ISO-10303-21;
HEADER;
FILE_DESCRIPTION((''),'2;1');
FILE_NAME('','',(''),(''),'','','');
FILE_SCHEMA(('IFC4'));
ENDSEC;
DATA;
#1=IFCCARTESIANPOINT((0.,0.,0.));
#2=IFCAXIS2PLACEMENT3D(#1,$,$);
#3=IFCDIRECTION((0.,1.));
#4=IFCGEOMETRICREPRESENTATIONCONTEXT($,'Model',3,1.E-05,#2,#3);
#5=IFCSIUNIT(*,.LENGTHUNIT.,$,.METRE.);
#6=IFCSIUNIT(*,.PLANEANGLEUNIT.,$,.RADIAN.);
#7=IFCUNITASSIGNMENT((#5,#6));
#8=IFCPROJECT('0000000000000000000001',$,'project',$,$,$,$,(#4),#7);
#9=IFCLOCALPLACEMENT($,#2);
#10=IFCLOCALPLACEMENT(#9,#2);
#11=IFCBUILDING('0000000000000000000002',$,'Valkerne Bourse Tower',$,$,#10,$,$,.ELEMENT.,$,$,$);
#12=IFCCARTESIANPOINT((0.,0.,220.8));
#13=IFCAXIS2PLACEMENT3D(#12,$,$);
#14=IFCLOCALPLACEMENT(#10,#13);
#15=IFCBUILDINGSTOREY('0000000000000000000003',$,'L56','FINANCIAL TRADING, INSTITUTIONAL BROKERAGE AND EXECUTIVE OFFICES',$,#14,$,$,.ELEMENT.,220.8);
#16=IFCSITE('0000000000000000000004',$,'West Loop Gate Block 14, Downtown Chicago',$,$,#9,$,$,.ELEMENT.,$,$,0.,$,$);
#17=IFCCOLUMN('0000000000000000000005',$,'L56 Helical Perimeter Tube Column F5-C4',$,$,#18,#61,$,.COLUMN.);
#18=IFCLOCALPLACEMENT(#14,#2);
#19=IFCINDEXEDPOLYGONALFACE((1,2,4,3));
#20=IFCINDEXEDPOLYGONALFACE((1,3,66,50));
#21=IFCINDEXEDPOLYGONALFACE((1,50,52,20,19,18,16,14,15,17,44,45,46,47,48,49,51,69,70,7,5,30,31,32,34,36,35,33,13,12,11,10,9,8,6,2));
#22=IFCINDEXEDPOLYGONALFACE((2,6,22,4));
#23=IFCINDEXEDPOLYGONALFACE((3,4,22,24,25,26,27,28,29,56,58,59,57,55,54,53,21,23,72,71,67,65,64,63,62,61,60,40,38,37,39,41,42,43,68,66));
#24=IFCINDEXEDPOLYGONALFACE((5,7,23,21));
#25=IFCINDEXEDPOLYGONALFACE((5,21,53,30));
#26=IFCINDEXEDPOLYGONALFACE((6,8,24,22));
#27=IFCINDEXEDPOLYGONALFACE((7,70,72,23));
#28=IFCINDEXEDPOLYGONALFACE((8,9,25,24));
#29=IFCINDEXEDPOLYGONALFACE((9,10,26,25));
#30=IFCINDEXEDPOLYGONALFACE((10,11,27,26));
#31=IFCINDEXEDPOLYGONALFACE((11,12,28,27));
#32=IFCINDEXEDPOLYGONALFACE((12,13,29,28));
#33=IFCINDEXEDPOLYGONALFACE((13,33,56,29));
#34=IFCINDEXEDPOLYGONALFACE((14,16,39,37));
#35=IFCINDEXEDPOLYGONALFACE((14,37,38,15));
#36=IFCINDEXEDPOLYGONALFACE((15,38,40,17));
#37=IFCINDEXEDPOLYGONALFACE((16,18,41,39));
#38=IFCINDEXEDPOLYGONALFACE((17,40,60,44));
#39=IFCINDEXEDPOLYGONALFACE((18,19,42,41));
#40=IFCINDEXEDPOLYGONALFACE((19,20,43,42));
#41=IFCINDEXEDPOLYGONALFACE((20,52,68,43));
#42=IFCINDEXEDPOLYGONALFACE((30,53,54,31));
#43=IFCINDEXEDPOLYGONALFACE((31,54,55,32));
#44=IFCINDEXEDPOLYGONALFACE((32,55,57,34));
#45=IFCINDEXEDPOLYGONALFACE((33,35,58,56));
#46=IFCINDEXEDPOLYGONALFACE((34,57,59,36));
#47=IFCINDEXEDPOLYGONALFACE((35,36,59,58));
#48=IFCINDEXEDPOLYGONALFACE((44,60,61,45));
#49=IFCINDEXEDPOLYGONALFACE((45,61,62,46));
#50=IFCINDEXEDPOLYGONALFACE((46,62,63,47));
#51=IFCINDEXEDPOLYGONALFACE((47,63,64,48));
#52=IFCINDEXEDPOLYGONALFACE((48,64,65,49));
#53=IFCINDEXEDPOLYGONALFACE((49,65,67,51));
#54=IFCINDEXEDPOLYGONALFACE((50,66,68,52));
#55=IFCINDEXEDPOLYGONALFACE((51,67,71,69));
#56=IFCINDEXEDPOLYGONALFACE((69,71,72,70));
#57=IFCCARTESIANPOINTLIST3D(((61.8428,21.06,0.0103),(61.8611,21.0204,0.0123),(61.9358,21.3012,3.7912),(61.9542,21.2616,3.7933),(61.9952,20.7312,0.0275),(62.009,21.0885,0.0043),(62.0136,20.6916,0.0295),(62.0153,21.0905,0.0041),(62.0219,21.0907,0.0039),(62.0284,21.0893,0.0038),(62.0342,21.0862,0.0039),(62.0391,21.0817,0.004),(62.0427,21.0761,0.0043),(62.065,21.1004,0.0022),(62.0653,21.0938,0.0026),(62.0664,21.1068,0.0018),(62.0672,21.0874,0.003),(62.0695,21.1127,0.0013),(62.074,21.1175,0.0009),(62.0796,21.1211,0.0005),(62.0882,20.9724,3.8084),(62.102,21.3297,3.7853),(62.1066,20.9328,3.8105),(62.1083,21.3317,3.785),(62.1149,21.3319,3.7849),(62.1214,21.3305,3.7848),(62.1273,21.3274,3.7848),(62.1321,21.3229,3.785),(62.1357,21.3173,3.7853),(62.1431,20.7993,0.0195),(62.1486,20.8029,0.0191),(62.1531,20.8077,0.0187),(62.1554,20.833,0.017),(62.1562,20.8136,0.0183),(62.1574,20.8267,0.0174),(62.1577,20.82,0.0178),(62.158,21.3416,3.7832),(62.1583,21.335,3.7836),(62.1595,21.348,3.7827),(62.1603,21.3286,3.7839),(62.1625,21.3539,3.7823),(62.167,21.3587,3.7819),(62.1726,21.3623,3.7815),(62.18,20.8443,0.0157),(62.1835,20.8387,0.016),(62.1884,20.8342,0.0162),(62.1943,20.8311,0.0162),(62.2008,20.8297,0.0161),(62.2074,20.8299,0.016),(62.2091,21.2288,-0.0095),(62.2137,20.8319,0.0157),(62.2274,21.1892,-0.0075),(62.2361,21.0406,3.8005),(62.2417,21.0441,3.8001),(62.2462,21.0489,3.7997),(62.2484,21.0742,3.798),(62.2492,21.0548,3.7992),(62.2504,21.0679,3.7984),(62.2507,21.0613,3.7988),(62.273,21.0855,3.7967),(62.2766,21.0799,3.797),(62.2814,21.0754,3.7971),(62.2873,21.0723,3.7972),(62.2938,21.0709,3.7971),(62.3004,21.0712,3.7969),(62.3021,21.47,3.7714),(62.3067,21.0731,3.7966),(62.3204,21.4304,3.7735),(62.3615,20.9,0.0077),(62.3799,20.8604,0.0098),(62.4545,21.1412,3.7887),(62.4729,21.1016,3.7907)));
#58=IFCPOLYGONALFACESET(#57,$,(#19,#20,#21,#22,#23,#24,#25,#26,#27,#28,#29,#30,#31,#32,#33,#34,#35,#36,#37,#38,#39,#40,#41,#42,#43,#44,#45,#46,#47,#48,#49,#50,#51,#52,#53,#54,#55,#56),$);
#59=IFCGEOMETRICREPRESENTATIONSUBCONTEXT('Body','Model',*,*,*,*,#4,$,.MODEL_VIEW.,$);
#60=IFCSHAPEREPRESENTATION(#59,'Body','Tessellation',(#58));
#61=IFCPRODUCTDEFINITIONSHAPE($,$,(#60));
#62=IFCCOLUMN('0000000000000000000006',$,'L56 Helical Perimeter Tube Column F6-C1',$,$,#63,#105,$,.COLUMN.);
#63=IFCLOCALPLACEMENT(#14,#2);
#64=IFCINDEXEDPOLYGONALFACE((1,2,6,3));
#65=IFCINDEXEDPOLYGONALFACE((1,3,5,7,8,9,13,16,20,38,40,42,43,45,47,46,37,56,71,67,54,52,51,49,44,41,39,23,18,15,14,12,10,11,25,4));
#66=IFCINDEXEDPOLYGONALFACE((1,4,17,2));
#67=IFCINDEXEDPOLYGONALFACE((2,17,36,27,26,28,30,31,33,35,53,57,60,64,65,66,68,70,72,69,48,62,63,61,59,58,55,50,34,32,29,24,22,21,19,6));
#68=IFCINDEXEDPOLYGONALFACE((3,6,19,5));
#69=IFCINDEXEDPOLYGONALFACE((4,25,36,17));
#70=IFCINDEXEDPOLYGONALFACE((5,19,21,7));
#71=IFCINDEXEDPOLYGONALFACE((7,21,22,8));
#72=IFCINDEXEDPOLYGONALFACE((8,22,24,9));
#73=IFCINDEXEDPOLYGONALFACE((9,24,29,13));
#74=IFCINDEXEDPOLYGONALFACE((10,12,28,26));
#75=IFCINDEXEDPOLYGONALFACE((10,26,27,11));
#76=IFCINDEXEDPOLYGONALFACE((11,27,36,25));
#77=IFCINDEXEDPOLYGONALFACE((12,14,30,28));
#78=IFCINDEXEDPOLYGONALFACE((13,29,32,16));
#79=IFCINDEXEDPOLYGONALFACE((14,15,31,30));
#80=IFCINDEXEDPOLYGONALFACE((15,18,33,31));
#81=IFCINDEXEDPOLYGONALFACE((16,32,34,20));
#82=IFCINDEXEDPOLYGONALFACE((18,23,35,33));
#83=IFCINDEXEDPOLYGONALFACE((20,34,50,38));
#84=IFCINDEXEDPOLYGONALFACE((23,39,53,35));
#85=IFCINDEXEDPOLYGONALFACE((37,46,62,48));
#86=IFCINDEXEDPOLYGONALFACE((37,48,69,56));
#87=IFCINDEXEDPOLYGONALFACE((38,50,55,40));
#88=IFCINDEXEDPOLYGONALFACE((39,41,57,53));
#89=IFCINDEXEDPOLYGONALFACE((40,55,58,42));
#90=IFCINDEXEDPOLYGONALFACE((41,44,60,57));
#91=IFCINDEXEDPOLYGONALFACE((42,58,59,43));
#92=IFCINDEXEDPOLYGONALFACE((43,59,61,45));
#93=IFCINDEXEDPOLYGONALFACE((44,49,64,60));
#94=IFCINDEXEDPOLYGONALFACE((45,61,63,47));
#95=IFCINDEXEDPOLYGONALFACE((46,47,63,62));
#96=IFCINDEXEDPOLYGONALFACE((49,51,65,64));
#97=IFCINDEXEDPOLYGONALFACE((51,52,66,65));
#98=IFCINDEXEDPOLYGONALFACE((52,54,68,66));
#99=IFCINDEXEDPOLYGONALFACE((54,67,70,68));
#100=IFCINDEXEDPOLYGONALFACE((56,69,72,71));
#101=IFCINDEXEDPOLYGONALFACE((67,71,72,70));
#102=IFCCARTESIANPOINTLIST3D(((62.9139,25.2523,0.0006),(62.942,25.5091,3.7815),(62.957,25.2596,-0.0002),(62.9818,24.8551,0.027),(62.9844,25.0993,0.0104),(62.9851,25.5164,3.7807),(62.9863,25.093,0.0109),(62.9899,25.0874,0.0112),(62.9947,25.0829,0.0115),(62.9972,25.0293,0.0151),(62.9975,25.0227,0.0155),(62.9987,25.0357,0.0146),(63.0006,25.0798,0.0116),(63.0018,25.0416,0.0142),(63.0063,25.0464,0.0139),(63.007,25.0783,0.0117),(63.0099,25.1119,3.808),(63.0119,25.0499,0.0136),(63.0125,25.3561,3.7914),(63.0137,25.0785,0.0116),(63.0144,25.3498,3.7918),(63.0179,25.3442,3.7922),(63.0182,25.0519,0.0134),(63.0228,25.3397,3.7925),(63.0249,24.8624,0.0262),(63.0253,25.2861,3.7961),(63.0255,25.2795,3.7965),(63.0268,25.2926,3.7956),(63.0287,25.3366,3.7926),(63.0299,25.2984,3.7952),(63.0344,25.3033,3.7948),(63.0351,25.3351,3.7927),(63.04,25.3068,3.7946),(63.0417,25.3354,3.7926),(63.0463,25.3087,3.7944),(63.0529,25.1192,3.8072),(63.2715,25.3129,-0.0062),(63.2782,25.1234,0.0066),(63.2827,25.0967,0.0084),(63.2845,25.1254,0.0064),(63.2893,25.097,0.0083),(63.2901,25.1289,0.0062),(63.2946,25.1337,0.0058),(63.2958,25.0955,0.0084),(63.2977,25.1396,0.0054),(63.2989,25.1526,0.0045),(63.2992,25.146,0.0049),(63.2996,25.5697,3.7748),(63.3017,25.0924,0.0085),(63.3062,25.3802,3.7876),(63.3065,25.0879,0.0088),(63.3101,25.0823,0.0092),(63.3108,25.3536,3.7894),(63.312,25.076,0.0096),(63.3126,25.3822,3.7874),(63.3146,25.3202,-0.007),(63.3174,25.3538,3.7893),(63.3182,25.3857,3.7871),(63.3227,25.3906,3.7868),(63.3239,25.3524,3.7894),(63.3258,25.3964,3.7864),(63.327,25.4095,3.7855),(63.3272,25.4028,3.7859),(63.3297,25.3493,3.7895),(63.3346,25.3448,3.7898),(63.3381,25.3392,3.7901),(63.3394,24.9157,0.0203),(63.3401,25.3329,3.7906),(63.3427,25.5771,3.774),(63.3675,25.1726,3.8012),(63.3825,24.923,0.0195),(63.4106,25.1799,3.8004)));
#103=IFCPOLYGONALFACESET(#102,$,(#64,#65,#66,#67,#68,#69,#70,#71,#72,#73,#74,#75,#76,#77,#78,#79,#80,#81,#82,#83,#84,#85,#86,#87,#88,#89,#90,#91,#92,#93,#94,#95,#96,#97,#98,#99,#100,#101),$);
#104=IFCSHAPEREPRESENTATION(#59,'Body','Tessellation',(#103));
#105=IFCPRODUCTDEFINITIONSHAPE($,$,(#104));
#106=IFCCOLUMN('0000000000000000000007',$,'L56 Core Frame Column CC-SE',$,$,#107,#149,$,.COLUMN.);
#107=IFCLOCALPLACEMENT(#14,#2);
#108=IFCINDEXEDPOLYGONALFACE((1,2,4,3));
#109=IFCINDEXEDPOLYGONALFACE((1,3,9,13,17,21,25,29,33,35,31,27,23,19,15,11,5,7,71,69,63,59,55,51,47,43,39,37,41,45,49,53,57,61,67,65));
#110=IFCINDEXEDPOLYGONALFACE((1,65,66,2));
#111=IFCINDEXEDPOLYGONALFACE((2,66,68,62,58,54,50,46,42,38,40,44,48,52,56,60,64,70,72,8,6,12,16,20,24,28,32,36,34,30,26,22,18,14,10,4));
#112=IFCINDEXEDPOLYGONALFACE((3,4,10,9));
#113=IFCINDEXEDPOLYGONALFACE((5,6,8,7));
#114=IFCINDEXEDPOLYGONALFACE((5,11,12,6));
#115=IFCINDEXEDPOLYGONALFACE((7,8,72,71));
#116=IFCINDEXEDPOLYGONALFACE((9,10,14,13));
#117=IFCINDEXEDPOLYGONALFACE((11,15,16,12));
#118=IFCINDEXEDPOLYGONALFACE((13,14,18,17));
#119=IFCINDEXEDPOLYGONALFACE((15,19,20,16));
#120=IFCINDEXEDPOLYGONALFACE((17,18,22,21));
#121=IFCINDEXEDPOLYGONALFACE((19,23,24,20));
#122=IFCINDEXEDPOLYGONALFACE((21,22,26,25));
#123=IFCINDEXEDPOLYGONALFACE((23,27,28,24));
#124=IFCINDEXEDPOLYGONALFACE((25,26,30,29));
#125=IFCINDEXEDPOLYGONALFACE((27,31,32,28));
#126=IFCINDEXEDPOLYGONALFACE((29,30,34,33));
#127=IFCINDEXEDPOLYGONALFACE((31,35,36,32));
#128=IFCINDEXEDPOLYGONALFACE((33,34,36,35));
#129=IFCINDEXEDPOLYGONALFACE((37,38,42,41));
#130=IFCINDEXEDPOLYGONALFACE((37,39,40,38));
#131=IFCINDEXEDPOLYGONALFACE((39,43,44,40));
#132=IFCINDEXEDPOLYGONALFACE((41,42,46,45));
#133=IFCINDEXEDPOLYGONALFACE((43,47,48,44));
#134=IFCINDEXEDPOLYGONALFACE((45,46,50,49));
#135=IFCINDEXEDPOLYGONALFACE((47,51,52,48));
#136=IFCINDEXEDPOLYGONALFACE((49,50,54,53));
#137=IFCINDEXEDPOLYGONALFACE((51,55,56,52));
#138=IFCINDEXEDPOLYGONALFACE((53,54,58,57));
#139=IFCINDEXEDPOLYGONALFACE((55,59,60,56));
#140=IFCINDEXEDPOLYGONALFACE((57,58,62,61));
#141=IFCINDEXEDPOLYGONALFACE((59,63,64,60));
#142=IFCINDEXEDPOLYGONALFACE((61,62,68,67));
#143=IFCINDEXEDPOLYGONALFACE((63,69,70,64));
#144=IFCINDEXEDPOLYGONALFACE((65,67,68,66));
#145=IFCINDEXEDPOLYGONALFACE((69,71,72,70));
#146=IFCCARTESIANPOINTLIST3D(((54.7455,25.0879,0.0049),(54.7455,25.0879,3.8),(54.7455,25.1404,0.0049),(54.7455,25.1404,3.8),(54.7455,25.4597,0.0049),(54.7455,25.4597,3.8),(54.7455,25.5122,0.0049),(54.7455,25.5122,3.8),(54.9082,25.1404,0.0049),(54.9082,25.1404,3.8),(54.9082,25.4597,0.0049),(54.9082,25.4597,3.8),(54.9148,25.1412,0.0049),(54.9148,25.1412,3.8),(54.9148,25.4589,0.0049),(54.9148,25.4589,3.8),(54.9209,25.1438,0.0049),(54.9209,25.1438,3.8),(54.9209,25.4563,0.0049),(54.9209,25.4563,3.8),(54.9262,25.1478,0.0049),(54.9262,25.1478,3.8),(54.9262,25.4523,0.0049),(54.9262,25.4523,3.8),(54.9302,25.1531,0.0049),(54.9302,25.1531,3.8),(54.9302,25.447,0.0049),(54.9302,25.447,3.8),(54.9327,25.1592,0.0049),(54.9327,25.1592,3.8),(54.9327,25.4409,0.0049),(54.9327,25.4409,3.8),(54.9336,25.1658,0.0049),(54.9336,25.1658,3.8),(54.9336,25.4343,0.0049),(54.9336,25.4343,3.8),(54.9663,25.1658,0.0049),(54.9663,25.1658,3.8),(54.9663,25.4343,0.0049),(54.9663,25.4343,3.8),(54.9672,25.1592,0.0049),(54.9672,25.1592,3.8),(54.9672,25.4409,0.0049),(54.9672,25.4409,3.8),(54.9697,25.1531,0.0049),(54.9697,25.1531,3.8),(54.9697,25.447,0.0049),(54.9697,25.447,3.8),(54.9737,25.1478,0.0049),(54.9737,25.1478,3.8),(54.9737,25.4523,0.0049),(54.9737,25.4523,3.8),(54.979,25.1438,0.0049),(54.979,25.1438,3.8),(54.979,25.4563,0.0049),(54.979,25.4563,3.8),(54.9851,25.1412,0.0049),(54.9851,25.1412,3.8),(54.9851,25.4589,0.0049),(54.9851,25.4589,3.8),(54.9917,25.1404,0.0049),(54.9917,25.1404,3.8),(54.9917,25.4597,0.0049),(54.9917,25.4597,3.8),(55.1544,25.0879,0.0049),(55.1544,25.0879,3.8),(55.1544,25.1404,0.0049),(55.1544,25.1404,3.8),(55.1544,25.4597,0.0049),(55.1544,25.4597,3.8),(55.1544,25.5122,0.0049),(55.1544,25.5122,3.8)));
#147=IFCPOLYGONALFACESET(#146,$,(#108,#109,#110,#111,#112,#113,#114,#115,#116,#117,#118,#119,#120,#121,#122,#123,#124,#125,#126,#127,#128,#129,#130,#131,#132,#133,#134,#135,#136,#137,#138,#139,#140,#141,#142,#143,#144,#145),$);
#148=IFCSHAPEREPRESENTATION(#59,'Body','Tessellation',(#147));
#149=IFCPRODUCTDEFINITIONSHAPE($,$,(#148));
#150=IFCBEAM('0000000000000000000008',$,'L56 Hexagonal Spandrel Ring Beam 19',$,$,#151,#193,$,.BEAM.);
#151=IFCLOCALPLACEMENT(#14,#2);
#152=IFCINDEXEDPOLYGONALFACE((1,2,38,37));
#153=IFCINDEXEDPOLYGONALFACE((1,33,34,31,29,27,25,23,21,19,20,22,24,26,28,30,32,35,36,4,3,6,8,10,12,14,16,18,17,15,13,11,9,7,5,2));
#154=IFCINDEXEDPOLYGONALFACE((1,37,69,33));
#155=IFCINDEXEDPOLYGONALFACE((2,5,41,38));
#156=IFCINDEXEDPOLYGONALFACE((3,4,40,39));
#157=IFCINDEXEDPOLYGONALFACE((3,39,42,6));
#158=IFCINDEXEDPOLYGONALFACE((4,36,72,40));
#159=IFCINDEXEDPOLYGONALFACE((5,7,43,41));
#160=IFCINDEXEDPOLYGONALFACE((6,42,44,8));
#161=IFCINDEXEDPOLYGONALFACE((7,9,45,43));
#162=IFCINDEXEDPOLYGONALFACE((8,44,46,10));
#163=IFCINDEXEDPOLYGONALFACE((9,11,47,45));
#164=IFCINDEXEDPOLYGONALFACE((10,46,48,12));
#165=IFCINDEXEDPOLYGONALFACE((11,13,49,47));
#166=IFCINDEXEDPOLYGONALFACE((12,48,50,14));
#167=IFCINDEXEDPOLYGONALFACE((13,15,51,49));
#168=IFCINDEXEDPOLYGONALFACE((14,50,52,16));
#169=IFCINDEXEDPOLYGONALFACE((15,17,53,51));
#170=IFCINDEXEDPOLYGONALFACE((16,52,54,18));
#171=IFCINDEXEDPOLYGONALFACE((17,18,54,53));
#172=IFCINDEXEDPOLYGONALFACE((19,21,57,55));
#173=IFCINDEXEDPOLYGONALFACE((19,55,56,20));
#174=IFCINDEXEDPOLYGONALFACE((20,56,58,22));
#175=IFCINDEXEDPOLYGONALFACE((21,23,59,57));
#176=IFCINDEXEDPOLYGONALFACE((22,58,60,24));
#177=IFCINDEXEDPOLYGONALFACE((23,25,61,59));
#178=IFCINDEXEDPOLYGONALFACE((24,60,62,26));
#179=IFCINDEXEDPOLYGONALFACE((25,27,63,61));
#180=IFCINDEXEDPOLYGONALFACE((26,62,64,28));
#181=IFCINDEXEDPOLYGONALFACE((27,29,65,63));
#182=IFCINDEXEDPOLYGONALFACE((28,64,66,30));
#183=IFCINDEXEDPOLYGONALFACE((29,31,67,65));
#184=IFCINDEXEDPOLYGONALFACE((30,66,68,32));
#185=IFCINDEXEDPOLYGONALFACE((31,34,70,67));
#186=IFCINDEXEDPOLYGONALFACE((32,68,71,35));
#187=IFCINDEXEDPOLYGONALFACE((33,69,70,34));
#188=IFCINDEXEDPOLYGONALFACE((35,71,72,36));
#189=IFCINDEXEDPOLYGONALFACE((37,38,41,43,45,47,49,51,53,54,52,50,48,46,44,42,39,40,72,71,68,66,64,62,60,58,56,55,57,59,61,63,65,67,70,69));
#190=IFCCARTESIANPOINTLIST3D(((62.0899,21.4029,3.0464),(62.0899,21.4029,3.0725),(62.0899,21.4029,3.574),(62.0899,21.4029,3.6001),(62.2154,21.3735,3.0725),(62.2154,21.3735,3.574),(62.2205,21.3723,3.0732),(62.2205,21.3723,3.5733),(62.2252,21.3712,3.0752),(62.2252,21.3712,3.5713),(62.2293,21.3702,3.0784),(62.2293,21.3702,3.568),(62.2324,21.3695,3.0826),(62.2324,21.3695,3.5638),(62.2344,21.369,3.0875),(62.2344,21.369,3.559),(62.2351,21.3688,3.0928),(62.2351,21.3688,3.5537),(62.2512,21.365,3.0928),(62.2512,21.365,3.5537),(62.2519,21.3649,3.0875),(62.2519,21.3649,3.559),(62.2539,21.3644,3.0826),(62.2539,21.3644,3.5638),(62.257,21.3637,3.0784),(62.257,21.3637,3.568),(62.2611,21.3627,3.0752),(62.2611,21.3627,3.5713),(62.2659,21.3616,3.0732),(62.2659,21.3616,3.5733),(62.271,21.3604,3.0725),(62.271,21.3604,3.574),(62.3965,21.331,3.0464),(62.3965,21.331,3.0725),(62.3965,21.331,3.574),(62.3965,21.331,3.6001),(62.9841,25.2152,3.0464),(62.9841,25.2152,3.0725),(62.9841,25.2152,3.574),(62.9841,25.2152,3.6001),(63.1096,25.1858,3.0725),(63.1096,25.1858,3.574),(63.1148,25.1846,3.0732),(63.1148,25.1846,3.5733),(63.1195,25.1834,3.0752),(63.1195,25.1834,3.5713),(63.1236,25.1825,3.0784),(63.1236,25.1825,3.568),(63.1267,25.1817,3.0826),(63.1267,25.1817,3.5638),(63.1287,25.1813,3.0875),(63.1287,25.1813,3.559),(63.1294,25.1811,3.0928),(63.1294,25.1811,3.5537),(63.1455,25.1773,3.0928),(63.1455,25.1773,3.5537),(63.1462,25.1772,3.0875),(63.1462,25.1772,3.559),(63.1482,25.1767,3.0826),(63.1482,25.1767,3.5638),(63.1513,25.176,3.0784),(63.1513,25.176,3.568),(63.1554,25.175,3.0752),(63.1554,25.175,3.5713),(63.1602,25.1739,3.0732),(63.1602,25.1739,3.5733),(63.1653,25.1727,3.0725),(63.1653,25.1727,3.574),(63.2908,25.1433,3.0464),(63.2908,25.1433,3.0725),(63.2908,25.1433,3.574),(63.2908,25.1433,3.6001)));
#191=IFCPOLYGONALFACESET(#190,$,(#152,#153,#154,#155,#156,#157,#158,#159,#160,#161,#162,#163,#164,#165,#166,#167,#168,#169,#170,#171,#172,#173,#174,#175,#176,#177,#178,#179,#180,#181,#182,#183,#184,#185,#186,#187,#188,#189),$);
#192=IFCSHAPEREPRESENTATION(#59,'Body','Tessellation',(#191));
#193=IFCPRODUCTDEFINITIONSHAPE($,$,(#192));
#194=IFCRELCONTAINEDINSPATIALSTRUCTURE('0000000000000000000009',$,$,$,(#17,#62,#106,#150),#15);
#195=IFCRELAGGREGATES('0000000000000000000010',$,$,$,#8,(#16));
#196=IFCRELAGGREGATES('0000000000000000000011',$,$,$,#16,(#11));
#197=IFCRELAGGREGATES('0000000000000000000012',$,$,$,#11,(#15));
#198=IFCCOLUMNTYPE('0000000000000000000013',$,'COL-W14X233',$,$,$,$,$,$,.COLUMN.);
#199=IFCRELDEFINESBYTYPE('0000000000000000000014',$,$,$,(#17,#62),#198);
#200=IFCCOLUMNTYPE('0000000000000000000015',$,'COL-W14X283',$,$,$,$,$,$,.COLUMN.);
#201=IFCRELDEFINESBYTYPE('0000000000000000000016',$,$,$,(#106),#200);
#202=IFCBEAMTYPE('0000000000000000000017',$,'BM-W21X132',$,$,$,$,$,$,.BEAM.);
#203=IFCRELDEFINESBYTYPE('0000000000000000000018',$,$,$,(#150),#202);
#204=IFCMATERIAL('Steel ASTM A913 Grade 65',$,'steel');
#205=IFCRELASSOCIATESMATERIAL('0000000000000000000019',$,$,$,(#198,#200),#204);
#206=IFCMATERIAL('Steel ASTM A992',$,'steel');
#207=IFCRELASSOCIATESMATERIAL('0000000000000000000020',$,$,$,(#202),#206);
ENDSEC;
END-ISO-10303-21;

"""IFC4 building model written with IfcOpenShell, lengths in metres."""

from ifc_helpers import new_model, si_unit, direction, frame, origin, origin_2d, place, context, subcontext, project, spatial, i_section, extrude, material, material_profile, profile_set, type_object, element, save


model = new_model("IFC4")

# Units and contexts
model_context = context("Model", 3, precision=1e-05, world=origin(), true_north=direction((0.0, 1.0)))
body_context = subcontext(model_context, "Body", "Model", "MODEL_VIEW")
ifc_project = project(units=[si_unit("LENGTHUNIT", "METRE"), si_unit("PLANEANGLEUNIT", "RADIAN")], contexts=[model_context])

# Site, building, storey
site_placement = place(None, origin())
site = spatial("IfcSite", under=ifc_project, at=site_placement, Name="West Loop Gate Block 14, Downtown Chicago", CompositionType="ELEMENT", RefElevation=0.0)
building_placement = place(site_placement, origin())
building = spatial("IfcBuilding", under=site, at=building_placement, Name="Valkerne Bourse Tower", CompositionType="ELEMENT")
storey_placement = place(building_placement, frame((0.0, 0.0, 220.8)))
storey = spatial("IfcBuildingStorey", under=building, at=storey_placement, Name="L56", Description="FINANCIAL TRADING, INSTITUTIONAL BROKERAGE AND EXECUTIVE OFFICES", CompositionType="ELEMENT", Elevation=220.8)

# Columns
ifc_material_1 = material(Name="Steel ASTM A913 Grade 65", Category="steel")
ifc_material_profile_1 = material_profile(ifc_material_1, i_section(OverallWidth=0.4038, OverallDepth=0.4065, WebThickness=0.0271, FlangeThickness=0.0437, FilletRadius=0.0254, at=origin_2d()), Name="W14X233")
ifc_profile_set_1 = profile_set([ifc_material_profile_1], Name="Steel ASTM A913 Grade 65")
column_type_1 = type_object("IfcColumnType", Name="COL-W14X233", PredefinedType="COLUMN", material=ifc_profile_set_1)
for number, where, z_axis, x_axis, name in (
    (1, (62.1113, 20.9602, 0.01), (0.024544, 0.063647, 0.997671), (-0.907088, -0.418081, 0.048987), "L56 Helical Perimeter Tube Column F5-C4"),
    (2, (63.1482, 25.0876, 0.01), (0.007408, 0.06777, 0.997673), (0.168069, -0.983592, 0.065565), "L56 Helical Perimeter Tube Column F6-C1"),
):
    element("IfcColumn", number, at=place(storey_placement, frame(where, z_axis=z_axis, x_axis=x_axis)), inside=storey, type_object=column_type_1, Name=name, PredefinedType="COLUMN", context=body_context, shape_type="SweptSolid", body=[
        extrude(i_section(OverallWidth=0.4038, OverallDepth=0.4065, WebThickness=0.0271, FlangeThickness=0.0437, FilletRadius=0.0254, at=origin_2d()), origin(), (0.0, 0.0, 1.0), 3.7898),
    ])
ifc_material_profile_2 = material_profile(ifc_material_1, i_section(OverallWidth=0.4089, OverallDepth=0.4243, WebThickness=0.0327, FlangeThickness=0.0525, FilletRadius=0.0254, at=origin_2d()), Name="W14X283")
ifc_profile_set_2 = profile_set([ifc_material_profile_2], Name="Steel ASTM A913 Grade 65")
column_type_2 = type_object("IfcColumnType", Name="COL-W14X283", PredefinedType="COLUMN", material=ifc_profile_set_2)
column_placement = place(storey_placement, frame((54.95, 25.3, 0.0049), z_axis=(0.0, 0.0, 1.0), x_axis=(1.0, 0.0, 0.0)))
element("IfcColumn", 3, at=column_placement, inside=storey, type_object=column_type_2, Name="L56 Core Frame Column CC-SE", PredefinedType="COLUMN", context=body_context, shape_type="SweptSolid", body=[
    extrude(i_section(OverallWidth=0.4089, OverallDepth=0.4243, WebThickness=0.0327, FlangeThickness=0.0525, FilletRadius=0.0254, at=origin_2d()), origin(), (0.0, 0.0, 1.0), 3.7952),
])

# Beam
ifc_material_2 = material(Name="Steel ASTM A992", Category="steel")
ifc_material_profile_3 = material_profile(ifc_material_2, i_section(OverallWidth=0.3149, OverallDepth=0.5537, WebThickness=0.0166, FlangeThickness=0.0261, FilletRadius=0.0203, at=origin_2d()), Name="W21X132")
ifc_profile_set_3 = profile_set([ifc_material_profile_3], Name="Steel ASTM A992")
beam_type_1 = type_object("IfcBeamType", Name="BM-W21X132", PredefinedType="BEAM", material=ifc_profile_set_3)
beam_1_placement = place(storey_placement, frame((62.2432, 21.3669, 3.3232), z_axis=(0.228382, 0.973571, 0.0), x_axis=(-0.973571, 0.228382, 0.0)))
element("IfcBeam", 4, at=beam_1_placement, inside=storey, type_object=beam_type_1, Name="L56 Hexagonal Spandrel Ring Beam 19", PredefinedType="BEAM", context=body_context, shape_type="SweptSolid", body=[
    extrude(i_section(OverallWidth=0.3149, OverallDepth=0.5537, WebThickness=0.0166, FlangeThickness=0.0261, FilletRadius=0.0203, at=origin_2d()), origin(), (0.0, 0.0, 1.0), 3.9158),
])

save(model, "model.ifc")
